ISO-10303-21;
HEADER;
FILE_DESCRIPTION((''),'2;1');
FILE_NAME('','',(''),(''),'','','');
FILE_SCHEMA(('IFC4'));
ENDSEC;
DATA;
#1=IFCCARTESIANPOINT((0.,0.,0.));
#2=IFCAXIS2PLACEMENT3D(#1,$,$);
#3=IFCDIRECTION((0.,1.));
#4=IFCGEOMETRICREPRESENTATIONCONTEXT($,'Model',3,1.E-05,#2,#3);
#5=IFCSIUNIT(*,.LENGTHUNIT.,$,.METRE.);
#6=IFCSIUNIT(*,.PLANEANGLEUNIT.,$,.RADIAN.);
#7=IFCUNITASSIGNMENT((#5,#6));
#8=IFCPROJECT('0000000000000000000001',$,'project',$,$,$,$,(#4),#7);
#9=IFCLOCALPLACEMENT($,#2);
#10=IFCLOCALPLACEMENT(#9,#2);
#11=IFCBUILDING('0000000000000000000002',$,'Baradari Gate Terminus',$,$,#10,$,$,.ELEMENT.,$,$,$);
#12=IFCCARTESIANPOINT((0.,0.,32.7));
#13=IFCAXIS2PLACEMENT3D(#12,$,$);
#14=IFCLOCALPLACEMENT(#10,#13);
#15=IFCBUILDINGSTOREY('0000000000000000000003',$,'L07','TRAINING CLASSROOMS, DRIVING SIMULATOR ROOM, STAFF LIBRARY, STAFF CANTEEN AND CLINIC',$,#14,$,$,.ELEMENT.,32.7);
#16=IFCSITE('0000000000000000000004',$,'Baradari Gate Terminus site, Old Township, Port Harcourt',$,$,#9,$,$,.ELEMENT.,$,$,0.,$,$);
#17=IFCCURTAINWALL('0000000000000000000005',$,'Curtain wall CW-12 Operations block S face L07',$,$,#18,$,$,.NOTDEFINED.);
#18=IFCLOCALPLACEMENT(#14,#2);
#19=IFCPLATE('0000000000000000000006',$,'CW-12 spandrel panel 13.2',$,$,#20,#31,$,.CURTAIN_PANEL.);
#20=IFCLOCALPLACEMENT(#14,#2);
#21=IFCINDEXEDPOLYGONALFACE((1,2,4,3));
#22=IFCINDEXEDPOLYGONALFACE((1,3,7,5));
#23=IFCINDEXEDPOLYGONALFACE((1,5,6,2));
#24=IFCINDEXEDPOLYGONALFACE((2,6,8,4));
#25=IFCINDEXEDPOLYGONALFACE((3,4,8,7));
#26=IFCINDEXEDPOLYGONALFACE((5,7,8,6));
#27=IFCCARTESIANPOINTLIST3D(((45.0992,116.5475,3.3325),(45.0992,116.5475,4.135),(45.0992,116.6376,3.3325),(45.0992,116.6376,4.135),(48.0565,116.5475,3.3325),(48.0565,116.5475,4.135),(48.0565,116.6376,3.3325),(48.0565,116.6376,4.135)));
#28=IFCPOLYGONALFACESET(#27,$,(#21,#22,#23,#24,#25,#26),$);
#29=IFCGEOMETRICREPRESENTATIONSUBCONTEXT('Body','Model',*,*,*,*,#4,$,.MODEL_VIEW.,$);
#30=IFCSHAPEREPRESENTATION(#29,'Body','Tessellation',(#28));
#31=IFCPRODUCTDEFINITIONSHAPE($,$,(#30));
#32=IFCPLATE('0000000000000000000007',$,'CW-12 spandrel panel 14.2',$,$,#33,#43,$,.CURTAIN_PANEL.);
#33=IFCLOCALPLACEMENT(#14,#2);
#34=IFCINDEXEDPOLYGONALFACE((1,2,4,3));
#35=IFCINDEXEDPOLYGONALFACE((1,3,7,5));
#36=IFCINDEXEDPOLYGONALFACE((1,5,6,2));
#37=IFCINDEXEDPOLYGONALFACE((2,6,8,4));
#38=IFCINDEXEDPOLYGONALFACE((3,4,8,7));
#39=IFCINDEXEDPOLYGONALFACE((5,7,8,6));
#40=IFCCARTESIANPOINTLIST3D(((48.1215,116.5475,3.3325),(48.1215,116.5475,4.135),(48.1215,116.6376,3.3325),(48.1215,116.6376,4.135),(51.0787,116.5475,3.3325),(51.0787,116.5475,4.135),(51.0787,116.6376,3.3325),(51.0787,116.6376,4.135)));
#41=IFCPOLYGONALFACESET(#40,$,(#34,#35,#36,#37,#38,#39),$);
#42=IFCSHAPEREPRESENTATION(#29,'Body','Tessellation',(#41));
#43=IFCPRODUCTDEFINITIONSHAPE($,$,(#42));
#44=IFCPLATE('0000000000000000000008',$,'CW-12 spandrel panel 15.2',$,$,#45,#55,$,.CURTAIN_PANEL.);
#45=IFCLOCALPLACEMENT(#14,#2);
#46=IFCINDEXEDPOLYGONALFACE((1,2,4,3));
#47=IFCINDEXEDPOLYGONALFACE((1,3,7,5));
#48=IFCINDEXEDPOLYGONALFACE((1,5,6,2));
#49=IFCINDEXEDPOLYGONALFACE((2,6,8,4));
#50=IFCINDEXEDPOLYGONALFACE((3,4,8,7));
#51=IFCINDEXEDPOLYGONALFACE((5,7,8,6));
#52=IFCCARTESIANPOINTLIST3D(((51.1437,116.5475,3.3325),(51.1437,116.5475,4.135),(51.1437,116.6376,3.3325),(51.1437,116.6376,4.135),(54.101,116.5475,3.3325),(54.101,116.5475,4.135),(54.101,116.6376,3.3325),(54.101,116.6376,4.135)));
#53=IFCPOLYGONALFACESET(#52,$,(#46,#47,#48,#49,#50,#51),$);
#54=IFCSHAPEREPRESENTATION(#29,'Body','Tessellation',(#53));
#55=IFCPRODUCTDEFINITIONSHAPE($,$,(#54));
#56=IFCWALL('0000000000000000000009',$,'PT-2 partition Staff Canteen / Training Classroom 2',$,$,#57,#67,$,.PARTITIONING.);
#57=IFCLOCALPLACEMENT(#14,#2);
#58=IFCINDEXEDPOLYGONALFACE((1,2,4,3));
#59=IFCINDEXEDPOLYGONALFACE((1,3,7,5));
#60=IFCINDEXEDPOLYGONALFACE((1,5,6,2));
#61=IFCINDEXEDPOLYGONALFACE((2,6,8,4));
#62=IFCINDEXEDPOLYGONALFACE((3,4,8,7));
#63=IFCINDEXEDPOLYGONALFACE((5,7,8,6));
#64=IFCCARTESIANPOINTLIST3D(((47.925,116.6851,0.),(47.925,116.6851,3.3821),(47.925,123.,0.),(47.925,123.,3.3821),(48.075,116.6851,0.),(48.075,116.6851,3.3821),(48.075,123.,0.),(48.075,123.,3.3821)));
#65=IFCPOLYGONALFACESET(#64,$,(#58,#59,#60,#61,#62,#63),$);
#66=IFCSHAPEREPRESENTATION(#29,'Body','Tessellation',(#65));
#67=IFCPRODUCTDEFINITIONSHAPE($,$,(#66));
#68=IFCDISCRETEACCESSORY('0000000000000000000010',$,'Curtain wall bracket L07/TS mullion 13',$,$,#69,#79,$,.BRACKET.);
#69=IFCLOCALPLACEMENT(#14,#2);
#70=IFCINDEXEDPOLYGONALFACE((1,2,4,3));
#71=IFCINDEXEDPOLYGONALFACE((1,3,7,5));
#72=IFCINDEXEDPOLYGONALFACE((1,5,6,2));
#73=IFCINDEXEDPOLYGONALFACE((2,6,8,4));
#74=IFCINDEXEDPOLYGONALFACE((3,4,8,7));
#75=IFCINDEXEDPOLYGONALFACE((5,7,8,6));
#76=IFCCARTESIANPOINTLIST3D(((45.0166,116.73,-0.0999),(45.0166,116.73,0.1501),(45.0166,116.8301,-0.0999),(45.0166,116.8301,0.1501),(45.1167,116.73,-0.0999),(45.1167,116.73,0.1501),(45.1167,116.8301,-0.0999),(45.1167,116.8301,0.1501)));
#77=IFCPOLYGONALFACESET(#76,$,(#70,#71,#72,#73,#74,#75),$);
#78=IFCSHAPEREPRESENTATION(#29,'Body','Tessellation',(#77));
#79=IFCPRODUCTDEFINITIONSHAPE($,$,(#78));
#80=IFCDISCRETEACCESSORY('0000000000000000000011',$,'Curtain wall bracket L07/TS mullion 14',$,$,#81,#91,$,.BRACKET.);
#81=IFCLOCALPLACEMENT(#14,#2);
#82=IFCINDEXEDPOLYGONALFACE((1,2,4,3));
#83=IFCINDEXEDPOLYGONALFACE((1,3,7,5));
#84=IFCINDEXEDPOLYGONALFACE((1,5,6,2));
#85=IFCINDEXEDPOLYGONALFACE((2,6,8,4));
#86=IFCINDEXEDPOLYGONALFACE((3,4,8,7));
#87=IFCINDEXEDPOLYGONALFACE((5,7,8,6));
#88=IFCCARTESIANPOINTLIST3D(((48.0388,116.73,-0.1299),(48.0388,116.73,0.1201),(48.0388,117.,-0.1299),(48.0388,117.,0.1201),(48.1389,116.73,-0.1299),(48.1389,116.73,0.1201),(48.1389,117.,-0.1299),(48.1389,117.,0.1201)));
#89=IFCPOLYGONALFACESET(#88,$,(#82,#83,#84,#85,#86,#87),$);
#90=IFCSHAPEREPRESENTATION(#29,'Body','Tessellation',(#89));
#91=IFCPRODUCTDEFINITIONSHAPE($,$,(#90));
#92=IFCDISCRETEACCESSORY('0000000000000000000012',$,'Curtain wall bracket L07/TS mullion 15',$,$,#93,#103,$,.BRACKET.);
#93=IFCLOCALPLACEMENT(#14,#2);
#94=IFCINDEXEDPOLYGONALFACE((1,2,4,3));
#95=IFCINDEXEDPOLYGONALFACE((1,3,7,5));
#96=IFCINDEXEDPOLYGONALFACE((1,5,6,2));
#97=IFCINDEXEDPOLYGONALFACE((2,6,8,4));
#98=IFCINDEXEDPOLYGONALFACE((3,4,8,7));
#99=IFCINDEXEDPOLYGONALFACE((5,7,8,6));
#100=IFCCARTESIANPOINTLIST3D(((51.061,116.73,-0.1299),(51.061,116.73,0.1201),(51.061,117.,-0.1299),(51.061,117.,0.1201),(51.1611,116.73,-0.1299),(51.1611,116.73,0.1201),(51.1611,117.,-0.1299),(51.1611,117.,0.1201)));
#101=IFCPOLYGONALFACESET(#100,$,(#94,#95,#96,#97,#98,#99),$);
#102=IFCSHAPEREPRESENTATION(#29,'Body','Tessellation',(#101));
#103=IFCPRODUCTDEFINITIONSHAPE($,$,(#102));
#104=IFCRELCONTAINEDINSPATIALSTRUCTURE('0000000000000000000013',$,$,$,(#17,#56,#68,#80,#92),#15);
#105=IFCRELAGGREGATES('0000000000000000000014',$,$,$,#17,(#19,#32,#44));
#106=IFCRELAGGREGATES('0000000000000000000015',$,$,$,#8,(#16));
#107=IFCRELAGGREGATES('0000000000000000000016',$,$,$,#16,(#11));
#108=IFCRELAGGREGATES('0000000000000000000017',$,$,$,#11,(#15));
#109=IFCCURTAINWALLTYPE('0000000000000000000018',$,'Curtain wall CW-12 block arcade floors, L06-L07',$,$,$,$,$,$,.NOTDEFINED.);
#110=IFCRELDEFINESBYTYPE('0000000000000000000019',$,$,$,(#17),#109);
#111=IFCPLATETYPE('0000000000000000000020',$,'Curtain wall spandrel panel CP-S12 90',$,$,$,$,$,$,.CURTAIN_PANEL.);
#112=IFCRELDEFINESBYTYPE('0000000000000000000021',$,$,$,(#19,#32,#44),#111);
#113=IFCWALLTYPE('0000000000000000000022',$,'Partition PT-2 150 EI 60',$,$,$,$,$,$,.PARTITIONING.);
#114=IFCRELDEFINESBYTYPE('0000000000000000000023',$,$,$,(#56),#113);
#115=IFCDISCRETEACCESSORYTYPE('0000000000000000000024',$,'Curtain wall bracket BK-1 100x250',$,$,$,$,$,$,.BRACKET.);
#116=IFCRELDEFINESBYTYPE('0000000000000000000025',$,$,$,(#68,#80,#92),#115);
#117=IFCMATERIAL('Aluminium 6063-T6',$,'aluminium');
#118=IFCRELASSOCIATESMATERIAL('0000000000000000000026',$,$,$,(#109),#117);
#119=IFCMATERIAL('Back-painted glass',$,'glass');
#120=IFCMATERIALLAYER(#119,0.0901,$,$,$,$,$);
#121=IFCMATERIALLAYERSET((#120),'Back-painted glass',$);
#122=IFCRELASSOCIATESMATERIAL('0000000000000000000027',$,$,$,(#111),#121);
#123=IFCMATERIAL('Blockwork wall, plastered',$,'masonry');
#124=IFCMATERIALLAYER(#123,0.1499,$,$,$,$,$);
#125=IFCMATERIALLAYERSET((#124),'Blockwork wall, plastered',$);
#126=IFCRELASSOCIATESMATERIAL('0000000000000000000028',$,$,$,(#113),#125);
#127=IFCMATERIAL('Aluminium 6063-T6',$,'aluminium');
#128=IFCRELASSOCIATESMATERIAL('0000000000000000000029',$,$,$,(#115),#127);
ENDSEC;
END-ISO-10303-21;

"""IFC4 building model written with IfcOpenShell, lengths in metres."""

from ifc_helpers import new_model, si_unit, direction, frame, frame_2d, origin, origin_2d, place, context, subcontext, project, spatial, rectangle, extrude, material, layer, layer_set, type_object, element, aggregate, save


model = new_model("IFC4")

# Units and contexts
model_context = context("Model", 3, precision=1e-05, world=origin(), true_north=direction((0.0, 1.0)))
body_context = subcontext(model_context, "Body", "Model", "MODEL_VIEW")
ifc_project = project(units=[si_unit("LENGTHUNIT", "METRE"), si_unit("PLANEANGLEUNIT", "RADIAN")], contexts=[model_context])

# Site, building, storey
site_placement = place(None, origin())
site = spatial("IfcSite", under=ifc_project, at=site_placement, Name="Baradari Gate Terminus site, Old Township, Port Harcourt", CompositionType="ELEMENT", RefElevation=0.0)
building_placement = place(site_placement, origin())
building = spatial("IfcBuilding", under=site, at=building_placement, Name="Baradari Gate Terminus", CompositionType="ELEMENT")
storey_placement = place(building_placement, frame((0.0, 0.0, 32.7)))
storey = spatial("IfcBuildingStorey", under=building, at=storey_placement, Name="L07", Description="TRAINING CLASSROOMS, DRIVING SIMULATOR ROOM, STAFF LIBRARY, STAFF CANTEEN AND CLINIC", CompositionType="ELEMENT", Elevation=32.7)

# Curtain wall
ifc_material_1 = material(Name="Aluminium 6063-T6", Category="aluminium")
curtain_wall_type = type_object("IfcCurtainWallType", Name="Curtain wall CW-12 block arcade floors, L06-L07", PredefinedType="NOTDEFINED", material=ifc_material_1)
curtain_wall_placement = place(storey_placement, origin())
curtain_wall = element("IfcCurtainWall", 1, at=curtain_wall_placement, inside=storey, type_object=curtain_wall_type, Name="Curtain wall CW-12 Operations block S face L07", PredefinedType="NOTDEFINED")

# Plates
ifc_material_2 = material(Name="Back-painted glass", Category="glass")
ifc_layer_1 = layer(ifc_material_2, 0.0901)
ifc_layer_set_1 = layer_set([ifc_layer_1], Name="Back-painted glass")
plate_type_1 = type_object("IfcPlateType", Name="Curtain wall spandrel panel CP-S12 90", PredefinedType="CURTAIN_PANEL", material=ifc_layer_set_1)
plate_1_placement = place(storey_placement, frame((46.5779, 116.5925, 3.3325), z_axis=(0.0, 0.0, 1.0), x_axis=(1.0, 0.0, 0.0)))
plate_1 = element("IfcPlate", 2, at=plate_1_placement, type_object=plate_type_1, Name="CW-12 spandrel panel 13.2", PredefinedType="CURTAIN_PANEL", context=body_context, shape_type="SweptSolid", body=[
    extrude(rectangle(XDim=2.9573, YDim=0.0901, at=origin_2d()), origin(), (0.0, 0.0, 1.0), 0.8025),
])
plate_2_placement = place(storey_placement, frame((49.6001, 116.5925, 3.3325), z_axis=(0.0, 0.0, 1.0), x_axis=(1.0, 0.0, 0.0)))
plate_2 = element("IfcPlate", 3, at=plate_2_placement, type_object=plate_type_1, Name="CW-12 spandrel panel 14.2", PredefinedType="CURTAIN_PANEL", context=body_context, shape_type="SweptSolid", body=[
    extrude(rectangle(XDim=2.9573, YDim=0.0901, at=origin_2d()), origin(), (0.0, 0.0, 1.0), 0.8025),
])
plate_3_placement = place(storey_placement, frame((52.6223, 116.5925, 3.3325), z_axis=(0.0, 0.0, 1.0), x_axis=(1.0, 0.0, 0.0)))
plate_3 = element("IfcPlate", 4, at=plate_3_placement, type_object=plate_type_1, Name="CW-12 spandrel panel 15.2", PredefinedType="CURTAIN_PANEL", context=body_context, shape_type="SweptSolid", body=[
    extrude(rectangle(XDim=2.9573, YDim=0.0901, at=origin_2d()), origin(), (0.0, 0.0, 1.0), 0.8025),
])
aggregate(curtain_wall, [plate_1, plate_2, plate_3])

# Wall
ifc_material_3 = material(Name="Blockwork wall, plastered", Category="masonry")
ifc_layer_2 = layer(ifc_material_3, 0.1499)
ifc_layer_set_2 = layer_set([ifc_layer_2], Name="Blockwork wall, plastered")
wall_type = type_object("IfcWallType", Name="Partition PT-2 150 EI 60", PredefinedType="PARTITIONING", material=ifc_layer_set_2)
wall_placement = place(storey_placement, frame((48.0, 116.6851, 0.0), z_axis=(0.0, 0.0, 1.0), x_axis=(0.0, 1.0, 0.0)))
element("IfcWall", 5, at=wall_placement, inside=storey, type_object=wall_type, Name="PT-2 partition Staff Canteen / Training Classroom 2", PredefinedType="PARTITIONING", context=body_context, shape_type="SweptSolid", body=[
    extrude(rectangle(XDim=6.3149, YDim=0.1499, at=frame_2d((3.1575, 0.0))), origin(), (0.0, 0.0, 1.0), 3.3821),
])

# Discrete accessories
ifc_material_4 = material(Name="Aluminium 6063-T6", Category="aluminium")
discrete_accessory_type = type_object("IfcDiscreteAccessoryType", Name="Curtain wall bracket BK-1 100x250", PredefinedType="BRACKET", material=ifc_material_4)
discrete_accessory_placement = place(storey_placement, frame((45.0667, 116.78, -0.0999), z_axis=(0.0, 0.0, 1.0), x_axis=(0.0, -1.0, 0.0)))
element("IfcDiscreteAccessory", 6, at=discrete_accessory_placement, inside=storey, type_object=discrete_accessory_type, Name="Curtain wall bracket L07/TS mullion 13", PredefinedType="BRACKET", context=body_context, shape_type="SweptSolid", body=[
    extrude(rectangle(XDim=0.1001, YDim=0.1001, at=origin_2d()), origin(), (0.0, 0.0, 1.0), 0.25),
])
for number, where, z_axis, x_axis, name in (
    (7, (48.0889, 116.865, -0.1299), (0.0, 0.0, 1.0), (0.0, -1.0, 0.0), "Curtain wall bracket L07/TS mullion 14"),
    (8, (51.1111, 116.865, -0.1299), (0.0, 0.0, 1.0), (0.0, -1.0, 0.0), "Curtain wall bracket L07/TS mullion 15"),
):
    element("IfcDiscreteAccessory", number, at=place(storey_placement, frame(where, z_axis=z_axis, x_axis=x_axis)), inside=storey, type_object=discrete_accessory_type, Name=name, PredefinedType="BRACKET", context=body_context, shape_type="SweptSolid", body=[
        extrude(rectangle(XDim=0.27, YDim=0.1001, at=origin_2d()), origin(), (0.0, 0.0, 1.0), 0.25),
    ])

save(model, "model.ifc")
